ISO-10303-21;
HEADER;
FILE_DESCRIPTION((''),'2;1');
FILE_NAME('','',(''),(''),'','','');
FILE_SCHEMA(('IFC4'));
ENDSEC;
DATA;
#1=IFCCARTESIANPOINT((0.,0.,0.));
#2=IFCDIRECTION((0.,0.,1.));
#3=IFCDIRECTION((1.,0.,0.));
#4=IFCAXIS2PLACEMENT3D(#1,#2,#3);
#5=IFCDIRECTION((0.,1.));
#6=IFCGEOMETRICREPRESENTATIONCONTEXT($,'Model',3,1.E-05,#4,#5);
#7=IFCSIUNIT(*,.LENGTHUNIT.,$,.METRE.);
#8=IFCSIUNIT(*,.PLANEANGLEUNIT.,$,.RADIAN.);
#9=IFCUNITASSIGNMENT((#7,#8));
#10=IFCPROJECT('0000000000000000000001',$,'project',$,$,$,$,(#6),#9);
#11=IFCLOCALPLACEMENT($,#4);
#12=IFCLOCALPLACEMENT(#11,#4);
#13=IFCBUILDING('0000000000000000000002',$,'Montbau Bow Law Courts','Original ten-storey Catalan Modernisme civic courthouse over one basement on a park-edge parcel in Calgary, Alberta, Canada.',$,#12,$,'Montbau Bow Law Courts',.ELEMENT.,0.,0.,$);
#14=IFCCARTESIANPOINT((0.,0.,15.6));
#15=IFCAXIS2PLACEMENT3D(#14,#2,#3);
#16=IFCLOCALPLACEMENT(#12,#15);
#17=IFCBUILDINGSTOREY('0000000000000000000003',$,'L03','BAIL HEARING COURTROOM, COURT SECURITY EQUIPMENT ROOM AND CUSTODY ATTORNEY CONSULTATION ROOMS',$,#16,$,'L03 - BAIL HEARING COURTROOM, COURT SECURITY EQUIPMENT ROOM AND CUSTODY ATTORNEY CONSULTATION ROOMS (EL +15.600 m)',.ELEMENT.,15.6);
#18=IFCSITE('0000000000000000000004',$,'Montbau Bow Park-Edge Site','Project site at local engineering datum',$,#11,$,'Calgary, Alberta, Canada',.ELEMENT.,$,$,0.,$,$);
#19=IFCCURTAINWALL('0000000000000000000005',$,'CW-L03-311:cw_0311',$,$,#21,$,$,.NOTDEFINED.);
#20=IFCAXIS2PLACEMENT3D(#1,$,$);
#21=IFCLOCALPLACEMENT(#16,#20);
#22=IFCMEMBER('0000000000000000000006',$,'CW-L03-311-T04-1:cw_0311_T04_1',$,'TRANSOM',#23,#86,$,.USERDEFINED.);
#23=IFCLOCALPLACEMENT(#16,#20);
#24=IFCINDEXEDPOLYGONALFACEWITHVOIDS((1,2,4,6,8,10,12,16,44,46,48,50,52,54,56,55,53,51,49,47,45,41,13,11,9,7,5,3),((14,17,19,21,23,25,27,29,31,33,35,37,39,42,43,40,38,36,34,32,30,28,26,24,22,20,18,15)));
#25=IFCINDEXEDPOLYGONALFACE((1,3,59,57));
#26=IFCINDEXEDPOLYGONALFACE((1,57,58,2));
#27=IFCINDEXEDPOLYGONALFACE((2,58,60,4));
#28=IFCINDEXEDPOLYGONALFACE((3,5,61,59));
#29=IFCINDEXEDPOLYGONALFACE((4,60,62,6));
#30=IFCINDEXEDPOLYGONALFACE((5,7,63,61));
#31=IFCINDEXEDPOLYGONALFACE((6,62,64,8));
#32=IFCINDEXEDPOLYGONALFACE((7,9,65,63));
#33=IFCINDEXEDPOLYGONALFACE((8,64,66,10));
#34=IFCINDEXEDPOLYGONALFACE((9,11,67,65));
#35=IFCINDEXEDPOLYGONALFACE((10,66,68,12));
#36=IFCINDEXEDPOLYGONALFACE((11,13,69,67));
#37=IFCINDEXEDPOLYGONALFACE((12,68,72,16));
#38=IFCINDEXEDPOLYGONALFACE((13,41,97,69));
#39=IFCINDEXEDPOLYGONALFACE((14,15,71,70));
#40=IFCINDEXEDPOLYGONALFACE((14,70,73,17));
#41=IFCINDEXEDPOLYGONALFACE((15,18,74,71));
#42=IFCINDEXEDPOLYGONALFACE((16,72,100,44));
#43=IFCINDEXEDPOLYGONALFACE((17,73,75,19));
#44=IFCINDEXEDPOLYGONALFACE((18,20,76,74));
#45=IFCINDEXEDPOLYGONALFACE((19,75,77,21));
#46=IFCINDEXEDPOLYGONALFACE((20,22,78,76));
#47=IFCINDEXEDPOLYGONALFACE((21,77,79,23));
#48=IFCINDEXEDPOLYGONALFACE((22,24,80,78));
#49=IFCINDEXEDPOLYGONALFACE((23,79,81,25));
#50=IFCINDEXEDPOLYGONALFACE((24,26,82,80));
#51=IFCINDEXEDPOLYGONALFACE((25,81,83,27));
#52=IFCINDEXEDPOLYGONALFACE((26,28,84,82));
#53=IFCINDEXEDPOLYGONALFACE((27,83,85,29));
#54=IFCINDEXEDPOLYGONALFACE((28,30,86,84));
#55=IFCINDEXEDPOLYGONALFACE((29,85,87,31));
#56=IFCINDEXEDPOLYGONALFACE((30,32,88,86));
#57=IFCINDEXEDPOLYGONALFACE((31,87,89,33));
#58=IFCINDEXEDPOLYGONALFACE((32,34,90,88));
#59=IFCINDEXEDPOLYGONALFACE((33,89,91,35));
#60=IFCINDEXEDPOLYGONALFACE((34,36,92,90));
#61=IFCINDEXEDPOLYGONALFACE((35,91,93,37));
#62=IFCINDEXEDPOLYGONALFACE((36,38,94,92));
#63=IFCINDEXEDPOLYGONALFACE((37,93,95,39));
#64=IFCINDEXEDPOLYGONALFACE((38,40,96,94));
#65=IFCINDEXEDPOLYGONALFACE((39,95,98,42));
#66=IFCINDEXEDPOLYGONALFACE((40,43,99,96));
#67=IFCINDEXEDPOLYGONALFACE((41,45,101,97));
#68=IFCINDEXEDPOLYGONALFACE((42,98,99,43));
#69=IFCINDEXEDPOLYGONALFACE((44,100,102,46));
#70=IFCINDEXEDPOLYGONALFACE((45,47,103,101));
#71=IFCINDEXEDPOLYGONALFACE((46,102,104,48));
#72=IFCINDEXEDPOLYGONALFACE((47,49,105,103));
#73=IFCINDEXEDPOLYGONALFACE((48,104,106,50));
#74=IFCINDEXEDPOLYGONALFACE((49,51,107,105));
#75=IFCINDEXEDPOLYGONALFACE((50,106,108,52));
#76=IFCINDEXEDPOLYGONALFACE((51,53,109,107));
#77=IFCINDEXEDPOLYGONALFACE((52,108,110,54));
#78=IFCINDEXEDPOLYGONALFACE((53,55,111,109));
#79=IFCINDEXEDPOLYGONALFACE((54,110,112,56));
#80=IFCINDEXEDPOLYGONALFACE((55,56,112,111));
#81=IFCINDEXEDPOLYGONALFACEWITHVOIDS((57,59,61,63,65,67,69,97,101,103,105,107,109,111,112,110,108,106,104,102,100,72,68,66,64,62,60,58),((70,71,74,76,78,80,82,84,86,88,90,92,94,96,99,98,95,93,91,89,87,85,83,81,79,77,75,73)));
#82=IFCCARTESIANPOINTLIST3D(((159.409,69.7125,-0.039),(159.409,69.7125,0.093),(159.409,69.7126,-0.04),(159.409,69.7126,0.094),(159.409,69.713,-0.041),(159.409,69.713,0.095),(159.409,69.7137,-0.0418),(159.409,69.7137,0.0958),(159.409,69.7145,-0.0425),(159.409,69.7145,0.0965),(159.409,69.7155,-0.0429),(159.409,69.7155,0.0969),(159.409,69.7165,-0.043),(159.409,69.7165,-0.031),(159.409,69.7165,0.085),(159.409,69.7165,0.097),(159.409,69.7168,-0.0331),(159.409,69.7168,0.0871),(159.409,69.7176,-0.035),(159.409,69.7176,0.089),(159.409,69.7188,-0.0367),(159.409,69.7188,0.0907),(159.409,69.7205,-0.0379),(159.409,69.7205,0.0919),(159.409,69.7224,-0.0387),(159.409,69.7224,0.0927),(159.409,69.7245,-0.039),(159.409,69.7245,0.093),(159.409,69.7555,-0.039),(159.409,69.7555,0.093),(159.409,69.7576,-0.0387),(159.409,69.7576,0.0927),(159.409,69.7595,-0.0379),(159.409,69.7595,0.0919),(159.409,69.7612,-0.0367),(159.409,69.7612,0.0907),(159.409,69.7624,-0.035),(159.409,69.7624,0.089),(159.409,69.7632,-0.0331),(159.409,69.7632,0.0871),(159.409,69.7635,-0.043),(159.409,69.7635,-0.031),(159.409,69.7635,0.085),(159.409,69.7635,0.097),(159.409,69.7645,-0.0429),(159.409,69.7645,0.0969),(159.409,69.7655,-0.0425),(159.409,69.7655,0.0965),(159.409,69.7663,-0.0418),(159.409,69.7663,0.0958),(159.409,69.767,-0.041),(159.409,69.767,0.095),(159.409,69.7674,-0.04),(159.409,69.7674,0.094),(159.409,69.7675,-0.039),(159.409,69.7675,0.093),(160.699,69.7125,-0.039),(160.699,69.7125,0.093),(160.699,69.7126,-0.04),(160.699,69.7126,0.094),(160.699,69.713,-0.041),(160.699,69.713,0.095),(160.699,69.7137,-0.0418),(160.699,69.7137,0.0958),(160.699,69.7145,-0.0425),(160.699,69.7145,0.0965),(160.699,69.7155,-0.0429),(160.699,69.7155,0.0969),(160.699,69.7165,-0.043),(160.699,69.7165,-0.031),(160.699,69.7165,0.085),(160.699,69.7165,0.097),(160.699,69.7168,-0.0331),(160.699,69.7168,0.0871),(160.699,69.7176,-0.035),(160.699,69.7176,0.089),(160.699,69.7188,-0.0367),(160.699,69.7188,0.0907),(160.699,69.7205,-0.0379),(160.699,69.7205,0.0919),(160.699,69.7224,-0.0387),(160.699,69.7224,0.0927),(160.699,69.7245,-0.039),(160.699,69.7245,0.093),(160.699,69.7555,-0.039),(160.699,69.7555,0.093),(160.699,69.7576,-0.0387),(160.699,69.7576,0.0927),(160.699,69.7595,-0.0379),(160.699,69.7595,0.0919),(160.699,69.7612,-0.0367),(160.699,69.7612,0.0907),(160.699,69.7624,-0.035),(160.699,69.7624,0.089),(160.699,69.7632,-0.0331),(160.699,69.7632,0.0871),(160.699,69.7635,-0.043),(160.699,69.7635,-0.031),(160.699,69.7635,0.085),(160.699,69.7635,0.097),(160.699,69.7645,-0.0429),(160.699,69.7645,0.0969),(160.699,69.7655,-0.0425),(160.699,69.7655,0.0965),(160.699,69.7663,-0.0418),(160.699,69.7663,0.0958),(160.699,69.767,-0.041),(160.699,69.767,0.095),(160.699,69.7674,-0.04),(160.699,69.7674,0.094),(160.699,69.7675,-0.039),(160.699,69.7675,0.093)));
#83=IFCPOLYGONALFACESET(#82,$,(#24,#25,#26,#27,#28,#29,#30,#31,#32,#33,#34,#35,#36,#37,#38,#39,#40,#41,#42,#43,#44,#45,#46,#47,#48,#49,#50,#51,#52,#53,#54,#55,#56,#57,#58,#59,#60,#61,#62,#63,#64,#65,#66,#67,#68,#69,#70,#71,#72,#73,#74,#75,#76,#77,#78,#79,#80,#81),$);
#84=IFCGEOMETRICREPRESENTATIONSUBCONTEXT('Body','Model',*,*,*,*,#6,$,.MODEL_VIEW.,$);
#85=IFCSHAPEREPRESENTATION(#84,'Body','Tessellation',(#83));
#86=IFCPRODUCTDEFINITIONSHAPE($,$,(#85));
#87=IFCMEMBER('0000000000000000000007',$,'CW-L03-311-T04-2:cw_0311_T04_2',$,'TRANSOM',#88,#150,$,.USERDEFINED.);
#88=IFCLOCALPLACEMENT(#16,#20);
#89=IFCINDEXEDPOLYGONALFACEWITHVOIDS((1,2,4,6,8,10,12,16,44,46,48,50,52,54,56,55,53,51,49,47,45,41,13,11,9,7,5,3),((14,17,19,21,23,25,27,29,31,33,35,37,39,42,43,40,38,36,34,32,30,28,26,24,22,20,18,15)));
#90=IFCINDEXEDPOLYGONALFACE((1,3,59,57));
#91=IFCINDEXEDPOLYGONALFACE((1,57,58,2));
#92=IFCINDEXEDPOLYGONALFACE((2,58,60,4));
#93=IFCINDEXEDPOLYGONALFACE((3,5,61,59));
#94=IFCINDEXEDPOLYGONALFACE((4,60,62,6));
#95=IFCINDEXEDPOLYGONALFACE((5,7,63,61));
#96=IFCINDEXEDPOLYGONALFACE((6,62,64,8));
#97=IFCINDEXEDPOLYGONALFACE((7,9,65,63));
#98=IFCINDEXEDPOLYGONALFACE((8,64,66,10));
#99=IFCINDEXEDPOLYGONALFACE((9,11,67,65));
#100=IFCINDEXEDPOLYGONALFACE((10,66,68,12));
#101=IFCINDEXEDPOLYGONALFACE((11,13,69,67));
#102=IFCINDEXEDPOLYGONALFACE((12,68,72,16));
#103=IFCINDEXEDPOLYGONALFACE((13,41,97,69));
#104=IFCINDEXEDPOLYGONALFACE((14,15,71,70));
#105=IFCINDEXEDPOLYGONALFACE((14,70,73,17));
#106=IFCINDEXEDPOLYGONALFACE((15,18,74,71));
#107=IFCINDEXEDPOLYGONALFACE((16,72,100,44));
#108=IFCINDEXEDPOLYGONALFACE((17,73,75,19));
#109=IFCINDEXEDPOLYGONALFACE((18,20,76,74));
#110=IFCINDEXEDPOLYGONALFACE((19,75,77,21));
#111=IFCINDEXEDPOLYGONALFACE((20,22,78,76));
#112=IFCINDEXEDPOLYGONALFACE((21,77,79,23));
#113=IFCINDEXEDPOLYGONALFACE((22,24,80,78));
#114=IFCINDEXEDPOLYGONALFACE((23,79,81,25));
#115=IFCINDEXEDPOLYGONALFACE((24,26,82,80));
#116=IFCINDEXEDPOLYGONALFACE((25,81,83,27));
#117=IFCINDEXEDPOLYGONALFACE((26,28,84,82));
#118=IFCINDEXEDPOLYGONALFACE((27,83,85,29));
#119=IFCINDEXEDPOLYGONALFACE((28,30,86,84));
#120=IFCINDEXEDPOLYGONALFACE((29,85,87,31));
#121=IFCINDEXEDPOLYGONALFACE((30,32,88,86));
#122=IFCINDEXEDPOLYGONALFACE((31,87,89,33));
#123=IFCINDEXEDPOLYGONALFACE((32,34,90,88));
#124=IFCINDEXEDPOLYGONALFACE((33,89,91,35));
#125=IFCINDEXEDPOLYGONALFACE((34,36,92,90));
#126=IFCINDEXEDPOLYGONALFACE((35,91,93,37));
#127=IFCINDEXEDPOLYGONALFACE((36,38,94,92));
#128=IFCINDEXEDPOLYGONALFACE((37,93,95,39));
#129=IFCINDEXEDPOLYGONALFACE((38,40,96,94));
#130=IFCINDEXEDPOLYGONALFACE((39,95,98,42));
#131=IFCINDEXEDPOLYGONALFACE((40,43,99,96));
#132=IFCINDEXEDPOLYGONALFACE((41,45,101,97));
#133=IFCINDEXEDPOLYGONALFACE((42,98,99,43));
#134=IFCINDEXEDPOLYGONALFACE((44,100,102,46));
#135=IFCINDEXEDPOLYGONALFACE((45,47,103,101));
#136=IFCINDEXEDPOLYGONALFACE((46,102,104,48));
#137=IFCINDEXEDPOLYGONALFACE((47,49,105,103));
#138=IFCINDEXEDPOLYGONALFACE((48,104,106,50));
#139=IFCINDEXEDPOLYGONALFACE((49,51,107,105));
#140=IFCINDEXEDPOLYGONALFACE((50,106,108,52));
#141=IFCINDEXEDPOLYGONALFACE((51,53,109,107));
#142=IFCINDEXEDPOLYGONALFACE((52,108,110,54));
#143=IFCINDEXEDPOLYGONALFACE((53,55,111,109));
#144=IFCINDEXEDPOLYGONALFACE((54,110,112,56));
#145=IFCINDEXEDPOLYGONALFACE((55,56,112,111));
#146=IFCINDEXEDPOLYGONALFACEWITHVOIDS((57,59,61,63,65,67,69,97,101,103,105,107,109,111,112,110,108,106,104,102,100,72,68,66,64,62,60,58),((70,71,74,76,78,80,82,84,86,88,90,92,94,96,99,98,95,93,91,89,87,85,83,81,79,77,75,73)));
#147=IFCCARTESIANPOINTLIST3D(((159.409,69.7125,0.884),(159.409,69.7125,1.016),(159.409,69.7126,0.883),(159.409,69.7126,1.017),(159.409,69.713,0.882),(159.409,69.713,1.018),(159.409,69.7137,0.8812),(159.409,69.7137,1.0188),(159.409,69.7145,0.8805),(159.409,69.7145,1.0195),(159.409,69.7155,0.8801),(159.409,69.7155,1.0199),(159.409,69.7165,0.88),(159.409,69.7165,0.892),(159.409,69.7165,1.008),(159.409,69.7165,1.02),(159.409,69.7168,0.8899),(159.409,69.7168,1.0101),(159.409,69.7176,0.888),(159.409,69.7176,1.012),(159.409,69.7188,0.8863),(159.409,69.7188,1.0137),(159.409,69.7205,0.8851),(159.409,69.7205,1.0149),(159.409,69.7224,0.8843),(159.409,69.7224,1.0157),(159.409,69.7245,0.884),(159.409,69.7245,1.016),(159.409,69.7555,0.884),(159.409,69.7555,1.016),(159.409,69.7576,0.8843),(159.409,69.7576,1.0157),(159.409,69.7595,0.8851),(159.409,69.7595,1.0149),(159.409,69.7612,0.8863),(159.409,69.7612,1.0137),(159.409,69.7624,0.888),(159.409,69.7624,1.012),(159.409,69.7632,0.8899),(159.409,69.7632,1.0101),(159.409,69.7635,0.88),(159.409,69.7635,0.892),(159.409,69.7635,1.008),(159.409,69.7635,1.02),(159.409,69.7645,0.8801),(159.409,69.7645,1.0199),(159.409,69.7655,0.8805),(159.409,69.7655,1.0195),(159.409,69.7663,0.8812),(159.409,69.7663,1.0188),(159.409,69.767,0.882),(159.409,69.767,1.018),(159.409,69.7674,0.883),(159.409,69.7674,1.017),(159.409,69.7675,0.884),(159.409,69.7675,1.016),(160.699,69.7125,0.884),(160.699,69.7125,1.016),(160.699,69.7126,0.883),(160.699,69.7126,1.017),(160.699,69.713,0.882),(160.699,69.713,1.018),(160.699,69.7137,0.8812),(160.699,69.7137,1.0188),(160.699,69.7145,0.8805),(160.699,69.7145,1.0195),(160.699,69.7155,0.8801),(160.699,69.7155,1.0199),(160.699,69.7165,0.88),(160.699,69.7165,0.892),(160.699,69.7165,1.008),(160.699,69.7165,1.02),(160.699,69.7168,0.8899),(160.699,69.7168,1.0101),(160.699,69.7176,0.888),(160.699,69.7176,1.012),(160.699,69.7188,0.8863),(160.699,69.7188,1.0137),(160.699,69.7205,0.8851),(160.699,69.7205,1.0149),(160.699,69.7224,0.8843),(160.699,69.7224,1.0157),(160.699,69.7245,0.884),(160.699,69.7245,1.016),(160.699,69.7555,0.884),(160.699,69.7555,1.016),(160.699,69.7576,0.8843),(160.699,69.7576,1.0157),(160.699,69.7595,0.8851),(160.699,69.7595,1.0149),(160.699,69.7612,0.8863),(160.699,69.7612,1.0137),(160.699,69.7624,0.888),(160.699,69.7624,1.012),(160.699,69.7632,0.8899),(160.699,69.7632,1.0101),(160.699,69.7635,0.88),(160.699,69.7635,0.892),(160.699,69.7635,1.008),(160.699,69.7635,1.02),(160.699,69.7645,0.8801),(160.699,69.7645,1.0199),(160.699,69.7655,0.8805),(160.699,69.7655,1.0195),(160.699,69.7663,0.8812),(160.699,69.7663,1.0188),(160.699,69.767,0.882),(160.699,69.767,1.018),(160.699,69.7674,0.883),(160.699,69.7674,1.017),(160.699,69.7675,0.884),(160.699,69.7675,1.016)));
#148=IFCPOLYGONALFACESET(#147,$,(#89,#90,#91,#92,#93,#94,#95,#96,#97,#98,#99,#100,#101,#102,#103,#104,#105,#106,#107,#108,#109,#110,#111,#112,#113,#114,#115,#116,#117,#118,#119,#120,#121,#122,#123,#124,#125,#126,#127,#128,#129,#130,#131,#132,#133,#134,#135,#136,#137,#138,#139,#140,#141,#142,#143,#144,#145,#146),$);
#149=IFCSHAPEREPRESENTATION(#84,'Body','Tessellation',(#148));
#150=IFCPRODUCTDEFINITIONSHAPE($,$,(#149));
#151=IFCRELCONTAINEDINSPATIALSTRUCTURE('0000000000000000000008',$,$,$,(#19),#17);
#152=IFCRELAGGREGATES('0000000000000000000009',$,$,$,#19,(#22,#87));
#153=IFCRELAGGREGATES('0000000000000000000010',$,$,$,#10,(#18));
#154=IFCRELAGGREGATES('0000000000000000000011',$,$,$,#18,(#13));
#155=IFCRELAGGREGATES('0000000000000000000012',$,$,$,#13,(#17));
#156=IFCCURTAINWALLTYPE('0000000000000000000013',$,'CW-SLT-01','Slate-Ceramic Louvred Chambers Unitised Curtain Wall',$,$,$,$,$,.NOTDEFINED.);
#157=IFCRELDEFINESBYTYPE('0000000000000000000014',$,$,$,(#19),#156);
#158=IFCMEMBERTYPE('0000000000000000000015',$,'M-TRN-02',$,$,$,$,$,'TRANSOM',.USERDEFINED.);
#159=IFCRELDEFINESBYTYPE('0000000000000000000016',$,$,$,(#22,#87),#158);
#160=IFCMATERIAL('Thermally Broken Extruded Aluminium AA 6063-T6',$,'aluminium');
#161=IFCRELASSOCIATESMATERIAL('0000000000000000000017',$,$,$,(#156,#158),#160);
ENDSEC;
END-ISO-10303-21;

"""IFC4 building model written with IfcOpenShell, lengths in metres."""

from ifc_helpers import new_model, si_unit, direction, frame, origin_with_axes, origin_2d_with_axis, place, context, subcontext, project, spatial, hollow_rectangle, extrude, material, material_profile, profile_set, type_object, element, aggregate, save


model = new_model("IFC4")

# Units and contexts
model_context = context("Model", 3, precision=1e-05, world=origin_with_axes(), true_north=direction((0.0, 1.0)))
body_context = subcontext(model_context, "Body", "Model", "MODEL_VIEW")
ifc_project = project(units=[si_unit("LENGTHUNIT", "METRE"), si_unit("PLANEANGLEUNIT", "RADIAN")], contexts=[model_context])

# Site, building, storey
site_placement = place(None, origin_with_axes())
site = spatial("IfcSite", under=ifc_project, at=site_placement, Name="Montbau Bow Park-Edge Site", Description="Project site at local engineering datum", LongName="Calgary, Alberta, Canada", CompositionType="ELEMENT", RefElevation=0.0)
building_placement = place(site_placement, origin_with_axes())
building = spatial("IfcBuilding", under=site, at=building_placement, Name="Montbau Bow Law Courts", Description="Original ten-storey Catalan Modernisme civic courthouse over one basement on a park-edge parcel in Calgary, Alberta, Canada.", LongName="Montbau Bow Law Courts", CompositionType="ELEMENT", ElevationOfRefHeight=0.0, ElevationOfTerrain=0.0)
storey_placement = place(building_placement, frame((0.0, 0.0, 15.6), z_axis=(0.0, 0.0, 1.0), x_axis=(1.0, 0.0, 0.0)))
storey = spatial("IfcBuildingStorey", under=building, at=storey_placement, Name="L03", Description="BAIL HEARING COURTROOM, COURT SECURITY EQUIPMENT ROOM AND CUSTODY ATTORNEY CONSULTATION ROOMS", LongName="L03 - BAIL HEARING COURTROOM, COURT SECURITY EQUIPMENT ROOM AND CUSTODY ATTORNEY CONSULTATION ROOMS (EL +15.600 m)", CompositionType="ELEMENT", Elevation=15.6)

# Curtain wall, members
ifc_material_1 = material(Name="Thermally Broken Extruded Aluminium AA 6063-T6", Category="aluminium")
curtain_wall_type = type_object("IfcCurtainWallType", Name="CW-SLT-01", Description="Slate-Ceramic Louvred Chambers Unitised Curtain Wall", PredefinedType="NOTDEFINED", material=ifc_material_1)
curtain_wall_placement = place(None, frame((155.315, 69.74, 15.6), z_axis=(0.0, 0.0, 1.0), x_axis=(1.0, 0.0, 0.0)))
curtain_wall = element("IfcCurtainWall", 1, at=curtain_wall_placement, inside=storey, type_object=curtain_wall_type, Name="CW-L03-311:cw_0311", PredefinedType="NOTDEFINED")
ifc_material_profile_1 = material_profile(ifc_material_1, hollow_rectangle(XDim=0.055, YDim=0.14, WallThickness=0.004, InnerFilletRadius=0.008, OuterFilletRadius=0.004, at=origin_2d_with_axis()), Name="CWT-140X55", Category="Main", Priority=0)
ifc_profile_set_1 = profile_set([ifc_material_profile_1], Name="Thermally Broken Extruded Aluminium AA 6063-T6")
member_type_1 = type_object("IfcMemberType", Name="M-TRN-02", ElementType="TRANSOM", PredefinedType="USERDEFINED", material=ifc_profile_set_1)
member_1_placement = place(None, frame((159.409, 69.74, 15.627), z_axis=(1.0, 0.0, 0.0), x_axis=(0.0, 1.0, 0.0)))
member_1 = element("IfcMember", 2, at=member_1_placement, type_object=member_type_1, Name="CW-L03-311-T04-1:cw_0311_T04_1", ObjectType="TRANSOM", PredefinedType="USERDEFINED", context=body_context, shape_type="SweptSolid", body=[
    extrude(hollow_rectangle(XDim=0.055, YDim=0.14, WallThickness=0.004, InnerFilletRadius=0.008, OuterFilletRadius=0.004, at=origin_2d_with_axis()), origin_with_axes(), (0.0, 0.0, 1.0), 1.29),
])
member_2_placement = place(None, frame((159.409, 69.74, 16.55), z_axis=(1.0, 0.0, 0.0), x_axis=(0.0, 1.0, 0.0)))
member_2 = element("IfcMember", 3, at=member_2_placement, type_object=member_type_1, Name="CW-L03-311-T04-2:cw_0311_T04_2", ObjectType="TRANSOM", PredefinedType="USERDEFINED", context=body_context, shape_type="SweptSolid", body=[
    extrude(hollow_rectangle(XDim=0.055, YDim=0.14, WallThickness=0.004, InnerFilletRadius=0.008, OuterFilletRadius=0.004, at=origin_2d_with_axis()), origin_with_axes(), (0.0, 0.0, 1.0), 1.29),
])
aggregate(curtain_wall, [member_1, member_2])

save(model, "model.ifc")
